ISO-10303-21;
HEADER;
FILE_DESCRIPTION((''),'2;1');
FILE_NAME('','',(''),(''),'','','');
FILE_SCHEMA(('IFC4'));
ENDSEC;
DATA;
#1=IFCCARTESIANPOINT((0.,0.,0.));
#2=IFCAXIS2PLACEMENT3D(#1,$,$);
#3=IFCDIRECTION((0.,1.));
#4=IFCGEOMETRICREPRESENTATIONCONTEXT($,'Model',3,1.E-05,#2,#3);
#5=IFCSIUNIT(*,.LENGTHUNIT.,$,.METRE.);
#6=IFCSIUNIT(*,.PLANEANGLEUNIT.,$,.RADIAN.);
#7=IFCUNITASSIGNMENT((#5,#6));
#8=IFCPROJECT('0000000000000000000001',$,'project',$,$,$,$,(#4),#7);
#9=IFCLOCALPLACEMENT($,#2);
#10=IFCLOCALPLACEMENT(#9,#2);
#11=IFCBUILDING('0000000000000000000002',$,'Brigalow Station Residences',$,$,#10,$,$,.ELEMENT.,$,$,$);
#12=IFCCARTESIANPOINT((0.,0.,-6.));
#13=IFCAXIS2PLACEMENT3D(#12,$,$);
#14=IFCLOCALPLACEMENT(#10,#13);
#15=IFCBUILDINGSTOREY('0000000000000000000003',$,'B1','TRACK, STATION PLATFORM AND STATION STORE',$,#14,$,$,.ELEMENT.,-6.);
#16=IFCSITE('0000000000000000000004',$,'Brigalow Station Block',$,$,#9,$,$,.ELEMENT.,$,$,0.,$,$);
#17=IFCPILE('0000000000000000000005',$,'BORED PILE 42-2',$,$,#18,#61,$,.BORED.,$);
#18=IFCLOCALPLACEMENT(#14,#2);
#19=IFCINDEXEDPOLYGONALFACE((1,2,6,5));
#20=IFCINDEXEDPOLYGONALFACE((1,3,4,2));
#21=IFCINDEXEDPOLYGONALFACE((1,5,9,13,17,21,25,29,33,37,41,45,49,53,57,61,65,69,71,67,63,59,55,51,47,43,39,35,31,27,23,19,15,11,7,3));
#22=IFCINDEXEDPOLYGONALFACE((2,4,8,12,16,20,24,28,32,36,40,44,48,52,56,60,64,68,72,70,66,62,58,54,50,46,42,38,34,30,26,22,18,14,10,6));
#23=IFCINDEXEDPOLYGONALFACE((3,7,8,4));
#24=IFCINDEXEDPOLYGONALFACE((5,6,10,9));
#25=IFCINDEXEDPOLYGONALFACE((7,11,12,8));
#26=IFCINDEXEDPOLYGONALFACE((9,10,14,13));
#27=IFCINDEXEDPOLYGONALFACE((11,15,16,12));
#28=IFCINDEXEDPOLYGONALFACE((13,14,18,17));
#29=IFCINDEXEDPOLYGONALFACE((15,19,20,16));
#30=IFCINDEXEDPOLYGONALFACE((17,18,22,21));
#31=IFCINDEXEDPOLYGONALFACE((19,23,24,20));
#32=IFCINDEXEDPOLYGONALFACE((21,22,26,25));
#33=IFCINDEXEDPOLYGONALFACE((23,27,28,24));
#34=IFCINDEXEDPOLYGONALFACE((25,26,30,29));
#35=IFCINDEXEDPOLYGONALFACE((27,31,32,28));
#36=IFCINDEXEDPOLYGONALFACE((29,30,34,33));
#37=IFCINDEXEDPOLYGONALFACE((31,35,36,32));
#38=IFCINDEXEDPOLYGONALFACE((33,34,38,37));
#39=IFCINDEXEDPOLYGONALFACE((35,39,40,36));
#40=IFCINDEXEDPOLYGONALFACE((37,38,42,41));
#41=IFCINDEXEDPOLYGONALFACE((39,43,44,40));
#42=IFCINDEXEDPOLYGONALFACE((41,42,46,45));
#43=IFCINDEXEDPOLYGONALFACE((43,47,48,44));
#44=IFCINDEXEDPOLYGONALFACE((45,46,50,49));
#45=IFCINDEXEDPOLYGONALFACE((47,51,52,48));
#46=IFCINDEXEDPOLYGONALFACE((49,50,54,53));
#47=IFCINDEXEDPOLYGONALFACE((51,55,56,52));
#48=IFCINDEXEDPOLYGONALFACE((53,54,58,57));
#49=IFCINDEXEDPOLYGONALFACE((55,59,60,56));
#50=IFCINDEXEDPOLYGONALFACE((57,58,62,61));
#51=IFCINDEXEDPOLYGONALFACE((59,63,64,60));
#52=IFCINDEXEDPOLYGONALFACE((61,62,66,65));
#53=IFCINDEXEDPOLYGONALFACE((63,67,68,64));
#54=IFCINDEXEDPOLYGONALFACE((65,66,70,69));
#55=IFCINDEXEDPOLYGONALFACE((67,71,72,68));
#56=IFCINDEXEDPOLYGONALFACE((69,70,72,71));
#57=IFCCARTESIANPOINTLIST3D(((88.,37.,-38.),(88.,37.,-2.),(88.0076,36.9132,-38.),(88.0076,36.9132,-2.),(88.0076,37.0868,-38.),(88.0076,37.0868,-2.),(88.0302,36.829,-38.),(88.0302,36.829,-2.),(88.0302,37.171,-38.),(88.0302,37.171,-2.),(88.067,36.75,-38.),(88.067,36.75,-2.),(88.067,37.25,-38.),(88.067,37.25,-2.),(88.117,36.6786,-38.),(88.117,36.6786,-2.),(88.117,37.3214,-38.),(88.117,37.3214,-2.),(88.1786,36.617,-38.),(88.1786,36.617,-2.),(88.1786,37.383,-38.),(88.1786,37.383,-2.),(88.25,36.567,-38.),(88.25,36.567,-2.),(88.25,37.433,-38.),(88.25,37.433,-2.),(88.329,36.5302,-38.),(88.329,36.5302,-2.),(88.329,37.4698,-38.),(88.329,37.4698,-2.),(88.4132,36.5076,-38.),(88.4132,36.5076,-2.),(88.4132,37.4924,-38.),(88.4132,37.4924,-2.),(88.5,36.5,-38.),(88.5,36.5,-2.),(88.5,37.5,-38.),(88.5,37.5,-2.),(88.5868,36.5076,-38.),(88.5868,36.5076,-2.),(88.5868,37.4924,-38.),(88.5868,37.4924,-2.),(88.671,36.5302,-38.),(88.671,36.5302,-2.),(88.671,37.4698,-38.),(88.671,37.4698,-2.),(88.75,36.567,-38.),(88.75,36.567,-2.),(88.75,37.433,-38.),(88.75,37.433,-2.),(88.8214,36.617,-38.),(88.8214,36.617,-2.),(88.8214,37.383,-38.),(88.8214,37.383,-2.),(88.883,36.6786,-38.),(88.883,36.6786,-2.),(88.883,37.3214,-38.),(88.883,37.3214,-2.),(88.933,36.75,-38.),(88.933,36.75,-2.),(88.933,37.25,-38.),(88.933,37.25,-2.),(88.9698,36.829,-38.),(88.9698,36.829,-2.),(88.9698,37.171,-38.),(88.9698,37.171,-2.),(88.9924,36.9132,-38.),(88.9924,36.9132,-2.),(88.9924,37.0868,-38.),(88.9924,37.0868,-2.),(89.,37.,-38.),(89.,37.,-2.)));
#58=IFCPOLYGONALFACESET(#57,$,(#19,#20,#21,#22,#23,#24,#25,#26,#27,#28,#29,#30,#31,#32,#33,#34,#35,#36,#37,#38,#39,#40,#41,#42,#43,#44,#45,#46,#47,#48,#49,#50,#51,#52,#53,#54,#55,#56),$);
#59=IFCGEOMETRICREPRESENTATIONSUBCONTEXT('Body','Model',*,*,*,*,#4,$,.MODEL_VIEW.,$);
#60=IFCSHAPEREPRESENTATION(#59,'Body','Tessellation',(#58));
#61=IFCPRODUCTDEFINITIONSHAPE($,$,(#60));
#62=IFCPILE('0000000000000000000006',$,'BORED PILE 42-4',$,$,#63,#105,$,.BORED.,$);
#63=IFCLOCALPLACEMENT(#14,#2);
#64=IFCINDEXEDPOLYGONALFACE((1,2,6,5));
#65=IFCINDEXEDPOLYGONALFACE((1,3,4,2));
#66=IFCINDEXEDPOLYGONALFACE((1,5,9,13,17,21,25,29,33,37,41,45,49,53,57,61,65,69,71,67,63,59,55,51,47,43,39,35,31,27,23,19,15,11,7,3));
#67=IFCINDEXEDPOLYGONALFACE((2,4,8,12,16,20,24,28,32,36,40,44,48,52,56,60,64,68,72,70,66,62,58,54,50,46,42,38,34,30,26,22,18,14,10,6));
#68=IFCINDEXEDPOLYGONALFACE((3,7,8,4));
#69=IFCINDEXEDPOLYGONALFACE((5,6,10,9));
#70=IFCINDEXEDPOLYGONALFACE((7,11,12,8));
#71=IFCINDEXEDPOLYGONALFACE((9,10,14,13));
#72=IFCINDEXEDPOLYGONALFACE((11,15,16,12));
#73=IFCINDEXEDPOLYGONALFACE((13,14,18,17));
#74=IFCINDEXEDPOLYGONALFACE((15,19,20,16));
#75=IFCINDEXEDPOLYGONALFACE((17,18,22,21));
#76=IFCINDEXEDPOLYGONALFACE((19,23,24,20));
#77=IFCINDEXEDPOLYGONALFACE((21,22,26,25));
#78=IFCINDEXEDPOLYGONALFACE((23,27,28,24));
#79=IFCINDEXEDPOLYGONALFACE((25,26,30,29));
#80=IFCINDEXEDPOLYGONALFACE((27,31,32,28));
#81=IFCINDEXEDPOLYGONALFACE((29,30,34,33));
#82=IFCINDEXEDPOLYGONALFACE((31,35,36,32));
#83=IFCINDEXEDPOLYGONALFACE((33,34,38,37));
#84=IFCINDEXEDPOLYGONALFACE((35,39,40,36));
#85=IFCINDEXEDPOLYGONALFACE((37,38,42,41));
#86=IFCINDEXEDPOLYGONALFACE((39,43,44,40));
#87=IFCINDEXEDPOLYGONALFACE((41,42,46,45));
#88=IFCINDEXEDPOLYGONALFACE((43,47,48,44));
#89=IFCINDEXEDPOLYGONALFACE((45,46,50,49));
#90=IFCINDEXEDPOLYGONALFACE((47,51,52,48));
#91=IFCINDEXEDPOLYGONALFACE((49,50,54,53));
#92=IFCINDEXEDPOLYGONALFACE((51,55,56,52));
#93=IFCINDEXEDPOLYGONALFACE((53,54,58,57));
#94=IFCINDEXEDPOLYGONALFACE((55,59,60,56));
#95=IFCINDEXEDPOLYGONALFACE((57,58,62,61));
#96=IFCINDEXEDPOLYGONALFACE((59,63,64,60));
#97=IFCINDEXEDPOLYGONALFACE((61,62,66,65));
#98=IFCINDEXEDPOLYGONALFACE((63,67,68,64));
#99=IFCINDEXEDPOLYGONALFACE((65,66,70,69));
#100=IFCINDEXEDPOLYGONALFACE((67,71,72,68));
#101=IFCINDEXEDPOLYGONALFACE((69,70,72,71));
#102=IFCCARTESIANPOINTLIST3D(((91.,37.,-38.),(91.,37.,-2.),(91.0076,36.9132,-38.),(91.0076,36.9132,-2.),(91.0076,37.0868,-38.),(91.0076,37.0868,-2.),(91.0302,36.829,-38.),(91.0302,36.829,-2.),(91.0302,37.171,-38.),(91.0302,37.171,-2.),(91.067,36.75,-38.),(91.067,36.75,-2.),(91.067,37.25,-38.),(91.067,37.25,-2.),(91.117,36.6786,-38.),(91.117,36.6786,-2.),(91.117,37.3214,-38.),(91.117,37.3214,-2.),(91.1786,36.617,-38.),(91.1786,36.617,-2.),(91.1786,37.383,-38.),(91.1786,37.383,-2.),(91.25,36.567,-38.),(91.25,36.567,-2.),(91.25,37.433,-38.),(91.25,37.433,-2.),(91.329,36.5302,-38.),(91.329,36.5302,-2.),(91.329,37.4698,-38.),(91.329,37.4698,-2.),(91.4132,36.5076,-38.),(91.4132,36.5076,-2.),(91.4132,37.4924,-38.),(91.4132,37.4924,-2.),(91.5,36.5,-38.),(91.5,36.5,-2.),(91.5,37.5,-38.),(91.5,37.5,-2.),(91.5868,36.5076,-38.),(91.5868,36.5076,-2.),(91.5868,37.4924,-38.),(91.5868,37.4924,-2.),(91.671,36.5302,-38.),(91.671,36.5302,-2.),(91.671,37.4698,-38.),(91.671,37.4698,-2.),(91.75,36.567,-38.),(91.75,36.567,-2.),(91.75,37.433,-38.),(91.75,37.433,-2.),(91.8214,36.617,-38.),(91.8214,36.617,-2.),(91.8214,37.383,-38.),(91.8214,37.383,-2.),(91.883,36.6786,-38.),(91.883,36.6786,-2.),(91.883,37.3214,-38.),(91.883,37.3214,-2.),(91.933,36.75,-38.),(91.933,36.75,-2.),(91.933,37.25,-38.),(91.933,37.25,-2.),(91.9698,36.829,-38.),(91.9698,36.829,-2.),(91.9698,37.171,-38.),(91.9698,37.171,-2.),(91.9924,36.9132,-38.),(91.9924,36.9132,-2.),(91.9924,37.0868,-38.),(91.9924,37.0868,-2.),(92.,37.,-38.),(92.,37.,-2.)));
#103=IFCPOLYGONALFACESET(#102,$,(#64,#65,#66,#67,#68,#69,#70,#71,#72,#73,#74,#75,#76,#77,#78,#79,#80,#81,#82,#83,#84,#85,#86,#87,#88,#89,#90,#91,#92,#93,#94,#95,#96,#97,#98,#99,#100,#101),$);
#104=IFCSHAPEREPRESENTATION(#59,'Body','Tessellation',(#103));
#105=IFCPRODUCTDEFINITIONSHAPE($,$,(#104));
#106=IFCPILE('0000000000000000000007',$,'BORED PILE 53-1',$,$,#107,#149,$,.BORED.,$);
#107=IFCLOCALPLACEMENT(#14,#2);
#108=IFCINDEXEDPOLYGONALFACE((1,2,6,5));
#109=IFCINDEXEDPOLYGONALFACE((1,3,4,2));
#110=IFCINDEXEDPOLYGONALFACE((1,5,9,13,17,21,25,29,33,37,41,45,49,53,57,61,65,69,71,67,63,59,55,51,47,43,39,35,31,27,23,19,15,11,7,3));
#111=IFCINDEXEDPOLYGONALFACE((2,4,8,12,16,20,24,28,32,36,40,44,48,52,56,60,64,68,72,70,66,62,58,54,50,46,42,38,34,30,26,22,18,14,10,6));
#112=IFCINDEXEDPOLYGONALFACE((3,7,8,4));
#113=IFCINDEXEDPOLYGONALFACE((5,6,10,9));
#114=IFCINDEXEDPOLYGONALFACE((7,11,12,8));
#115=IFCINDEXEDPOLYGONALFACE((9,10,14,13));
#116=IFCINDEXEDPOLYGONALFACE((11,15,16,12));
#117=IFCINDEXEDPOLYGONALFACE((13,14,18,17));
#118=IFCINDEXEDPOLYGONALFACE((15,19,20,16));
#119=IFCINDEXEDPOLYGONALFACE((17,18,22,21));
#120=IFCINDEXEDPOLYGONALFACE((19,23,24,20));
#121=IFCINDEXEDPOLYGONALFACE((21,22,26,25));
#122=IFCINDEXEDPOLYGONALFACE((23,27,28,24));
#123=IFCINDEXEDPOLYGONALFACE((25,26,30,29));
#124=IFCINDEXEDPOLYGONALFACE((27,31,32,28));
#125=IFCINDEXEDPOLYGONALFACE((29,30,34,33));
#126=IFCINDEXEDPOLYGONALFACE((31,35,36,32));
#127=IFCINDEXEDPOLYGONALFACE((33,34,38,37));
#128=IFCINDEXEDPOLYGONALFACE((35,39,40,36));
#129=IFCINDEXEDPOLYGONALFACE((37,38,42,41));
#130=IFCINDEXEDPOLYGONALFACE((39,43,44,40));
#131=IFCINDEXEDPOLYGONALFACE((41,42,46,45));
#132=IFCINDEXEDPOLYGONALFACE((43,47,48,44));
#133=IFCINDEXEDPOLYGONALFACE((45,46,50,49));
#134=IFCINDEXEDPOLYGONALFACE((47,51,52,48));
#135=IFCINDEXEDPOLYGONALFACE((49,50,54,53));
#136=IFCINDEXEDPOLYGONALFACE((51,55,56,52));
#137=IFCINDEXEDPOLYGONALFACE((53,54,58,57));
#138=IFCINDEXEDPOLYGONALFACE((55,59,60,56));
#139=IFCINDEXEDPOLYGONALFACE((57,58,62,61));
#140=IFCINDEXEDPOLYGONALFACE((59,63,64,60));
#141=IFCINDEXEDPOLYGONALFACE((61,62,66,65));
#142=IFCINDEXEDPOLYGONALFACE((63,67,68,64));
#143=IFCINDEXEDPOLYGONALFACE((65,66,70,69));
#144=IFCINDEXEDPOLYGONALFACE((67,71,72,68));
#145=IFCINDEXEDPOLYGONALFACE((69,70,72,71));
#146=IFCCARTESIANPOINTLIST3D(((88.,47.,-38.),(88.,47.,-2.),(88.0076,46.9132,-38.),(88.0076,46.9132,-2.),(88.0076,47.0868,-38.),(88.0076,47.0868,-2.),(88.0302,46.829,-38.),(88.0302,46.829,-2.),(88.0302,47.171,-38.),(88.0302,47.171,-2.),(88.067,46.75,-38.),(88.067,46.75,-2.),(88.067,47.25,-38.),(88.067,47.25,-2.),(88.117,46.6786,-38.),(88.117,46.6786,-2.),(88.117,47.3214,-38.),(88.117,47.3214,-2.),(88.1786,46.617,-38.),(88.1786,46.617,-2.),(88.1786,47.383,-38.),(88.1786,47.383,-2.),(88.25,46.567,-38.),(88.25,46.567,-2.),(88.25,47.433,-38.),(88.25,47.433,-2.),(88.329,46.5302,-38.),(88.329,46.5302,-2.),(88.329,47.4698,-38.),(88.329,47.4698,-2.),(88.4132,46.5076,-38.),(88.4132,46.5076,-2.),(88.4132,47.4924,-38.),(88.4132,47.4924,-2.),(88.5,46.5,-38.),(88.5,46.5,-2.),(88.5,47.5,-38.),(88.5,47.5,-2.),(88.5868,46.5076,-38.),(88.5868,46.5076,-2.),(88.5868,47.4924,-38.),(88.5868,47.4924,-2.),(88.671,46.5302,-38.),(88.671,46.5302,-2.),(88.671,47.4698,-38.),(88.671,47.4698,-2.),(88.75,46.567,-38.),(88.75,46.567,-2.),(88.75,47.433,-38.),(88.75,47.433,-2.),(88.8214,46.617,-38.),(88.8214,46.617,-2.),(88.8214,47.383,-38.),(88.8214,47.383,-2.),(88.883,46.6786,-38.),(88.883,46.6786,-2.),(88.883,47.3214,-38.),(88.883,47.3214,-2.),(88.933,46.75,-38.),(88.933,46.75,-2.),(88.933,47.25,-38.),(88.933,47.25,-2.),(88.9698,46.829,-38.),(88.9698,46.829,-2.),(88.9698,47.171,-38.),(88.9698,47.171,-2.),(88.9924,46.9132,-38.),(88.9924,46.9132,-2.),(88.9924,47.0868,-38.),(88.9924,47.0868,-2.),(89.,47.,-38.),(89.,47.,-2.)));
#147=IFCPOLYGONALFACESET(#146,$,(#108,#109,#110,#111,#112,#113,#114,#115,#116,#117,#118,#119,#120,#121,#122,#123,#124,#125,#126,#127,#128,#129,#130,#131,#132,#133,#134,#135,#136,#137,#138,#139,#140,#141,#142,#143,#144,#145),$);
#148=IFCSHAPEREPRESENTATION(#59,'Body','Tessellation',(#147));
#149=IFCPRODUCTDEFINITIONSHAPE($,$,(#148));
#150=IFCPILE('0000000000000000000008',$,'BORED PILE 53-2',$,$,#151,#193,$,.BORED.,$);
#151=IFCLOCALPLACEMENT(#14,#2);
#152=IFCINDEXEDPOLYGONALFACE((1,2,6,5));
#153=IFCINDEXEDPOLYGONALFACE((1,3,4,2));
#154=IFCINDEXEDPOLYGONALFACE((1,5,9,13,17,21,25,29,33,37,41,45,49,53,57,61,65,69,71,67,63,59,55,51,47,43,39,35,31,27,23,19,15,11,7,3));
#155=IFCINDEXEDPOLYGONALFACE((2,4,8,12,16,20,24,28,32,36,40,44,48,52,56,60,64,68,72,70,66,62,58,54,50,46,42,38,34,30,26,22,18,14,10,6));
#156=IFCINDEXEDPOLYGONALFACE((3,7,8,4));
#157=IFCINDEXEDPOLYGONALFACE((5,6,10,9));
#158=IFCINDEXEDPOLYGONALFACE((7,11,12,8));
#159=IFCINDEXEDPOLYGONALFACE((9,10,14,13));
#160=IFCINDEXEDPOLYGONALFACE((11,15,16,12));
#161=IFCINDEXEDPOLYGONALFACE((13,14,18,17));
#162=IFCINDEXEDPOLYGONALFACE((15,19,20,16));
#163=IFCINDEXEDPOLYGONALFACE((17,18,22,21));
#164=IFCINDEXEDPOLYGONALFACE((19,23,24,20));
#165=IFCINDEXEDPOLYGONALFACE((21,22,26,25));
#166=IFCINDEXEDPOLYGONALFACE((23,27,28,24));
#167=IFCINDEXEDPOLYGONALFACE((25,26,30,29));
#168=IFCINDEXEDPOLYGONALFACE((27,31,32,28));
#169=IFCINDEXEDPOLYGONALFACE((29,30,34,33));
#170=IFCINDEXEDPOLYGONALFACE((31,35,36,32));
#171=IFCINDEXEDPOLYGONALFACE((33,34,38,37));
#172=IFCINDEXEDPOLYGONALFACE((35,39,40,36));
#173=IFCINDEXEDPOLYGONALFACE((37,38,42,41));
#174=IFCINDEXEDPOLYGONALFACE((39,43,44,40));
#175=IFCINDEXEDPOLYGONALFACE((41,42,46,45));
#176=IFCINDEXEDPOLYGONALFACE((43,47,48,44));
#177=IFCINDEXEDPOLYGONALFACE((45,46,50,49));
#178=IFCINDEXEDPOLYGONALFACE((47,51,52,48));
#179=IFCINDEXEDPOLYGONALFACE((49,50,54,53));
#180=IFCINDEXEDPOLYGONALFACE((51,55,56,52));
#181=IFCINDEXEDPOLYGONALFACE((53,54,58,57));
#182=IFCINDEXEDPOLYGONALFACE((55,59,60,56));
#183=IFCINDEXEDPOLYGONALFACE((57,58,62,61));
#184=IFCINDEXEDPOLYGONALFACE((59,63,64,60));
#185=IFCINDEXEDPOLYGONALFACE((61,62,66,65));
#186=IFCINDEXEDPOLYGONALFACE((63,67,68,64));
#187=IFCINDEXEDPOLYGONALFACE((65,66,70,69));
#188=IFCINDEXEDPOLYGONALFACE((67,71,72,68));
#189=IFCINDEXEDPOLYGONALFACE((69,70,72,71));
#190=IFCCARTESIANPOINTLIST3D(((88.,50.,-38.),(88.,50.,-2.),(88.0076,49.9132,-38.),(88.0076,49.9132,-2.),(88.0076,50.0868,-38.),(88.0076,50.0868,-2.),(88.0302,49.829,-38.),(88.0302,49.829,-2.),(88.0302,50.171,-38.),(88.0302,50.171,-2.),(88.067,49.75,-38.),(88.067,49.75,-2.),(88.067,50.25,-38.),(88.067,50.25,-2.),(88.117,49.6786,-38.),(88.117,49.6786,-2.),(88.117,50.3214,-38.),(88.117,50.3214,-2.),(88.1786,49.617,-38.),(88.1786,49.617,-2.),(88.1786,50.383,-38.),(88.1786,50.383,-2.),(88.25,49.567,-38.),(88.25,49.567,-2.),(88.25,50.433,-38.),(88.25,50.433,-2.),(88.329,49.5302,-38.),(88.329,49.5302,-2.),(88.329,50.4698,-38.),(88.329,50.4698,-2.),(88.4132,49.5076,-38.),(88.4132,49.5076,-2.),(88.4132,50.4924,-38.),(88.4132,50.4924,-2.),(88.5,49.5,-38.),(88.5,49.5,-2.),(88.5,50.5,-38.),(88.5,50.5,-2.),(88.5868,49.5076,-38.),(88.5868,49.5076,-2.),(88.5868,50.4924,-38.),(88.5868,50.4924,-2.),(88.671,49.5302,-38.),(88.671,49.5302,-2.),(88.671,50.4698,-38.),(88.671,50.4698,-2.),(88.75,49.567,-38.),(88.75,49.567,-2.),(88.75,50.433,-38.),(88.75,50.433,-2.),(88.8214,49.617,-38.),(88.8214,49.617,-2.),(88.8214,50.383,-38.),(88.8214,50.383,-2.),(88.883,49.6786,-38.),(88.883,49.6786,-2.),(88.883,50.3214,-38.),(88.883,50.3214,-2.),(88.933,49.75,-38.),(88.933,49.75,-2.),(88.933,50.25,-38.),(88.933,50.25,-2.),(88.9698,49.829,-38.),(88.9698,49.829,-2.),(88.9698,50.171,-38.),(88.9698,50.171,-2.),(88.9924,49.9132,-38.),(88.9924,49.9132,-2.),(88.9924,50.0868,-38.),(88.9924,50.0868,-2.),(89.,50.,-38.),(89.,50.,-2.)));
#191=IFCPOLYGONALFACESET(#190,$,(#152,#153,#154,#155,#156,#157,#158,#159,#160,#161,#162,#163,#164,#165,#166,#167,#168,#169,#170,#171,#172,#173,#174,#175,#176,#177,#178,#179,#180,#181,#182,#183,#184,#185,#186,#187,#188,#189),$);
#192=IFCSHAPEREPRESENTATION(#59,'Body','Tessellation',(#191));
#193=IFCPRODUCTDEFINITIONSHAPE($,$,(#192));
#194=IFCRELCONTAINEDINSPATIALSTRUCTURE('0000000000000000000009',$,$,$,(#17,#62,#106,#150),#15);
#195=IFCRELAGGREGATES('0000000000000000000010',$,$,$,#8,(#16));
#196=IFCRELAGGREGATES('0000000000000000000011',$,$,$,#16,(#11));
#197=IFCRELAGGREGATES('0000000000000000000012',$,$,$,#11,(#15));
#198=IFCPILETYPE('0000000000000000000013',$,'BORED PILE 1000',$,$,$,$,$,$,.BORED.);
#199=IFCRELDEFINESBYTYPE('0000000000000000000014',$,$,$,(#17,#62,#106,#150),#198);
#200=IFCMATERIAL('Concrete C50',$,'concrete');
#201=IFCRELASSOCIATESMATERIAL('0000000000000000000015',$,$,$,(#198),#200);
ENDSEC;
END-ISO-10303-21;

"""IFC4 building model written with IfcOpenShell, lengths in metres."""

from ifc_helpers import new_model, si_unit, direction, frame, origin, origin_2d, place, context, subcontext, project, spatial, circle, extrude, material, material_profile, profile_set, type_object, element, save


model = new_model("IFC4")

# Units and contexts
model_context = context("Model", 3, precision=1e-05, world=origin(), true_north=direction((0.0, 1.0)))
body_context = subcontext(model_context, "Body", "Model", "MODEL_VIEW")
ifc_project = project(units=[si_unit("LENGTHUNIT", "METRE"), si_unit("PLANEANGLEUNIT", "RADIAN")], contexts=[model_context])

# Site, building, storey
site_placement = place(None, origin())
site = spatial("IfcSite", under=ifc_project, at=site_placement, Name="Brigalow Station Block", CompositionType="ELEMENT", RefElevation=0.0)
building_placement = place(site_placement, origin())
building = spatial("IfcBuilding", under=site, at=building_placement, Name="Brigalow Station Residences", CompositionType="ELEMENT")
storey_placement = place(building_placement, frame((0.0, 0.0, -6.0)))
storey = spatial("IfcBuildingStorey", under=building, at=storey_placement, Name="B1", Description="TRACK, STATION PLATFORM AND STATION STORE", CompositionType="ELEMENT", Elevation=-6.0)

# Piles
ifc_material_1 = material(Name="Concrete C50", Category="concrete")
ifc_material_profile_1 = material_profile(ifc_material_1, circle(Radius=0.5, at=origin_2d()), Name="BP1000")
ifc_profile_set_1 = profile_set([ifc_material_profile_1], Name="Concrete C50")
pile_type_1 = type_object("IfcPileType", Name="BORED PILE 1000", PredefinedType="BORED", material=ifc_profile_set_1)
for number, where, z_axis, x_axis, name in (
    (1, (88.5, 37.0, -2.0), (0.0, 0.0, -1.0), (1.0, 0.0, 0.0), "BORED PILE 42-2"),
    (2, (91.5, 37.0, -2.0), (0.0, 0.0, -1.0), (1.0, 0.0, 0.0), "BORED PILE 42-4"),
    (3, (88.5, 47.0, -2.0), (0.0, 0.0, -1.0), (1.0, 0.0, 0.0), "BORED PILE 53-1"),
    (4, (88.5, 50.0, -2.0), (0.0, 0.0, -1.0), (1.0, 0.0, 0.0), "BORED PILE 53-2"),
):
    element("IfcPile", number, at=place(storey_placement, frame(where, z_axis=z_axis, x_axis=x_axis)), inside=storey, type_object=pile_type_1, Name=name, PredefinedType="BORED", context=body_context, shape_type="SweptSolid", body=[
        extrude(circle(Radius=0.5, at=origin_2d()), origin(), (0.0, 0.0, 1.0), 36.0),
    ])

save(model, "model.ifc")
